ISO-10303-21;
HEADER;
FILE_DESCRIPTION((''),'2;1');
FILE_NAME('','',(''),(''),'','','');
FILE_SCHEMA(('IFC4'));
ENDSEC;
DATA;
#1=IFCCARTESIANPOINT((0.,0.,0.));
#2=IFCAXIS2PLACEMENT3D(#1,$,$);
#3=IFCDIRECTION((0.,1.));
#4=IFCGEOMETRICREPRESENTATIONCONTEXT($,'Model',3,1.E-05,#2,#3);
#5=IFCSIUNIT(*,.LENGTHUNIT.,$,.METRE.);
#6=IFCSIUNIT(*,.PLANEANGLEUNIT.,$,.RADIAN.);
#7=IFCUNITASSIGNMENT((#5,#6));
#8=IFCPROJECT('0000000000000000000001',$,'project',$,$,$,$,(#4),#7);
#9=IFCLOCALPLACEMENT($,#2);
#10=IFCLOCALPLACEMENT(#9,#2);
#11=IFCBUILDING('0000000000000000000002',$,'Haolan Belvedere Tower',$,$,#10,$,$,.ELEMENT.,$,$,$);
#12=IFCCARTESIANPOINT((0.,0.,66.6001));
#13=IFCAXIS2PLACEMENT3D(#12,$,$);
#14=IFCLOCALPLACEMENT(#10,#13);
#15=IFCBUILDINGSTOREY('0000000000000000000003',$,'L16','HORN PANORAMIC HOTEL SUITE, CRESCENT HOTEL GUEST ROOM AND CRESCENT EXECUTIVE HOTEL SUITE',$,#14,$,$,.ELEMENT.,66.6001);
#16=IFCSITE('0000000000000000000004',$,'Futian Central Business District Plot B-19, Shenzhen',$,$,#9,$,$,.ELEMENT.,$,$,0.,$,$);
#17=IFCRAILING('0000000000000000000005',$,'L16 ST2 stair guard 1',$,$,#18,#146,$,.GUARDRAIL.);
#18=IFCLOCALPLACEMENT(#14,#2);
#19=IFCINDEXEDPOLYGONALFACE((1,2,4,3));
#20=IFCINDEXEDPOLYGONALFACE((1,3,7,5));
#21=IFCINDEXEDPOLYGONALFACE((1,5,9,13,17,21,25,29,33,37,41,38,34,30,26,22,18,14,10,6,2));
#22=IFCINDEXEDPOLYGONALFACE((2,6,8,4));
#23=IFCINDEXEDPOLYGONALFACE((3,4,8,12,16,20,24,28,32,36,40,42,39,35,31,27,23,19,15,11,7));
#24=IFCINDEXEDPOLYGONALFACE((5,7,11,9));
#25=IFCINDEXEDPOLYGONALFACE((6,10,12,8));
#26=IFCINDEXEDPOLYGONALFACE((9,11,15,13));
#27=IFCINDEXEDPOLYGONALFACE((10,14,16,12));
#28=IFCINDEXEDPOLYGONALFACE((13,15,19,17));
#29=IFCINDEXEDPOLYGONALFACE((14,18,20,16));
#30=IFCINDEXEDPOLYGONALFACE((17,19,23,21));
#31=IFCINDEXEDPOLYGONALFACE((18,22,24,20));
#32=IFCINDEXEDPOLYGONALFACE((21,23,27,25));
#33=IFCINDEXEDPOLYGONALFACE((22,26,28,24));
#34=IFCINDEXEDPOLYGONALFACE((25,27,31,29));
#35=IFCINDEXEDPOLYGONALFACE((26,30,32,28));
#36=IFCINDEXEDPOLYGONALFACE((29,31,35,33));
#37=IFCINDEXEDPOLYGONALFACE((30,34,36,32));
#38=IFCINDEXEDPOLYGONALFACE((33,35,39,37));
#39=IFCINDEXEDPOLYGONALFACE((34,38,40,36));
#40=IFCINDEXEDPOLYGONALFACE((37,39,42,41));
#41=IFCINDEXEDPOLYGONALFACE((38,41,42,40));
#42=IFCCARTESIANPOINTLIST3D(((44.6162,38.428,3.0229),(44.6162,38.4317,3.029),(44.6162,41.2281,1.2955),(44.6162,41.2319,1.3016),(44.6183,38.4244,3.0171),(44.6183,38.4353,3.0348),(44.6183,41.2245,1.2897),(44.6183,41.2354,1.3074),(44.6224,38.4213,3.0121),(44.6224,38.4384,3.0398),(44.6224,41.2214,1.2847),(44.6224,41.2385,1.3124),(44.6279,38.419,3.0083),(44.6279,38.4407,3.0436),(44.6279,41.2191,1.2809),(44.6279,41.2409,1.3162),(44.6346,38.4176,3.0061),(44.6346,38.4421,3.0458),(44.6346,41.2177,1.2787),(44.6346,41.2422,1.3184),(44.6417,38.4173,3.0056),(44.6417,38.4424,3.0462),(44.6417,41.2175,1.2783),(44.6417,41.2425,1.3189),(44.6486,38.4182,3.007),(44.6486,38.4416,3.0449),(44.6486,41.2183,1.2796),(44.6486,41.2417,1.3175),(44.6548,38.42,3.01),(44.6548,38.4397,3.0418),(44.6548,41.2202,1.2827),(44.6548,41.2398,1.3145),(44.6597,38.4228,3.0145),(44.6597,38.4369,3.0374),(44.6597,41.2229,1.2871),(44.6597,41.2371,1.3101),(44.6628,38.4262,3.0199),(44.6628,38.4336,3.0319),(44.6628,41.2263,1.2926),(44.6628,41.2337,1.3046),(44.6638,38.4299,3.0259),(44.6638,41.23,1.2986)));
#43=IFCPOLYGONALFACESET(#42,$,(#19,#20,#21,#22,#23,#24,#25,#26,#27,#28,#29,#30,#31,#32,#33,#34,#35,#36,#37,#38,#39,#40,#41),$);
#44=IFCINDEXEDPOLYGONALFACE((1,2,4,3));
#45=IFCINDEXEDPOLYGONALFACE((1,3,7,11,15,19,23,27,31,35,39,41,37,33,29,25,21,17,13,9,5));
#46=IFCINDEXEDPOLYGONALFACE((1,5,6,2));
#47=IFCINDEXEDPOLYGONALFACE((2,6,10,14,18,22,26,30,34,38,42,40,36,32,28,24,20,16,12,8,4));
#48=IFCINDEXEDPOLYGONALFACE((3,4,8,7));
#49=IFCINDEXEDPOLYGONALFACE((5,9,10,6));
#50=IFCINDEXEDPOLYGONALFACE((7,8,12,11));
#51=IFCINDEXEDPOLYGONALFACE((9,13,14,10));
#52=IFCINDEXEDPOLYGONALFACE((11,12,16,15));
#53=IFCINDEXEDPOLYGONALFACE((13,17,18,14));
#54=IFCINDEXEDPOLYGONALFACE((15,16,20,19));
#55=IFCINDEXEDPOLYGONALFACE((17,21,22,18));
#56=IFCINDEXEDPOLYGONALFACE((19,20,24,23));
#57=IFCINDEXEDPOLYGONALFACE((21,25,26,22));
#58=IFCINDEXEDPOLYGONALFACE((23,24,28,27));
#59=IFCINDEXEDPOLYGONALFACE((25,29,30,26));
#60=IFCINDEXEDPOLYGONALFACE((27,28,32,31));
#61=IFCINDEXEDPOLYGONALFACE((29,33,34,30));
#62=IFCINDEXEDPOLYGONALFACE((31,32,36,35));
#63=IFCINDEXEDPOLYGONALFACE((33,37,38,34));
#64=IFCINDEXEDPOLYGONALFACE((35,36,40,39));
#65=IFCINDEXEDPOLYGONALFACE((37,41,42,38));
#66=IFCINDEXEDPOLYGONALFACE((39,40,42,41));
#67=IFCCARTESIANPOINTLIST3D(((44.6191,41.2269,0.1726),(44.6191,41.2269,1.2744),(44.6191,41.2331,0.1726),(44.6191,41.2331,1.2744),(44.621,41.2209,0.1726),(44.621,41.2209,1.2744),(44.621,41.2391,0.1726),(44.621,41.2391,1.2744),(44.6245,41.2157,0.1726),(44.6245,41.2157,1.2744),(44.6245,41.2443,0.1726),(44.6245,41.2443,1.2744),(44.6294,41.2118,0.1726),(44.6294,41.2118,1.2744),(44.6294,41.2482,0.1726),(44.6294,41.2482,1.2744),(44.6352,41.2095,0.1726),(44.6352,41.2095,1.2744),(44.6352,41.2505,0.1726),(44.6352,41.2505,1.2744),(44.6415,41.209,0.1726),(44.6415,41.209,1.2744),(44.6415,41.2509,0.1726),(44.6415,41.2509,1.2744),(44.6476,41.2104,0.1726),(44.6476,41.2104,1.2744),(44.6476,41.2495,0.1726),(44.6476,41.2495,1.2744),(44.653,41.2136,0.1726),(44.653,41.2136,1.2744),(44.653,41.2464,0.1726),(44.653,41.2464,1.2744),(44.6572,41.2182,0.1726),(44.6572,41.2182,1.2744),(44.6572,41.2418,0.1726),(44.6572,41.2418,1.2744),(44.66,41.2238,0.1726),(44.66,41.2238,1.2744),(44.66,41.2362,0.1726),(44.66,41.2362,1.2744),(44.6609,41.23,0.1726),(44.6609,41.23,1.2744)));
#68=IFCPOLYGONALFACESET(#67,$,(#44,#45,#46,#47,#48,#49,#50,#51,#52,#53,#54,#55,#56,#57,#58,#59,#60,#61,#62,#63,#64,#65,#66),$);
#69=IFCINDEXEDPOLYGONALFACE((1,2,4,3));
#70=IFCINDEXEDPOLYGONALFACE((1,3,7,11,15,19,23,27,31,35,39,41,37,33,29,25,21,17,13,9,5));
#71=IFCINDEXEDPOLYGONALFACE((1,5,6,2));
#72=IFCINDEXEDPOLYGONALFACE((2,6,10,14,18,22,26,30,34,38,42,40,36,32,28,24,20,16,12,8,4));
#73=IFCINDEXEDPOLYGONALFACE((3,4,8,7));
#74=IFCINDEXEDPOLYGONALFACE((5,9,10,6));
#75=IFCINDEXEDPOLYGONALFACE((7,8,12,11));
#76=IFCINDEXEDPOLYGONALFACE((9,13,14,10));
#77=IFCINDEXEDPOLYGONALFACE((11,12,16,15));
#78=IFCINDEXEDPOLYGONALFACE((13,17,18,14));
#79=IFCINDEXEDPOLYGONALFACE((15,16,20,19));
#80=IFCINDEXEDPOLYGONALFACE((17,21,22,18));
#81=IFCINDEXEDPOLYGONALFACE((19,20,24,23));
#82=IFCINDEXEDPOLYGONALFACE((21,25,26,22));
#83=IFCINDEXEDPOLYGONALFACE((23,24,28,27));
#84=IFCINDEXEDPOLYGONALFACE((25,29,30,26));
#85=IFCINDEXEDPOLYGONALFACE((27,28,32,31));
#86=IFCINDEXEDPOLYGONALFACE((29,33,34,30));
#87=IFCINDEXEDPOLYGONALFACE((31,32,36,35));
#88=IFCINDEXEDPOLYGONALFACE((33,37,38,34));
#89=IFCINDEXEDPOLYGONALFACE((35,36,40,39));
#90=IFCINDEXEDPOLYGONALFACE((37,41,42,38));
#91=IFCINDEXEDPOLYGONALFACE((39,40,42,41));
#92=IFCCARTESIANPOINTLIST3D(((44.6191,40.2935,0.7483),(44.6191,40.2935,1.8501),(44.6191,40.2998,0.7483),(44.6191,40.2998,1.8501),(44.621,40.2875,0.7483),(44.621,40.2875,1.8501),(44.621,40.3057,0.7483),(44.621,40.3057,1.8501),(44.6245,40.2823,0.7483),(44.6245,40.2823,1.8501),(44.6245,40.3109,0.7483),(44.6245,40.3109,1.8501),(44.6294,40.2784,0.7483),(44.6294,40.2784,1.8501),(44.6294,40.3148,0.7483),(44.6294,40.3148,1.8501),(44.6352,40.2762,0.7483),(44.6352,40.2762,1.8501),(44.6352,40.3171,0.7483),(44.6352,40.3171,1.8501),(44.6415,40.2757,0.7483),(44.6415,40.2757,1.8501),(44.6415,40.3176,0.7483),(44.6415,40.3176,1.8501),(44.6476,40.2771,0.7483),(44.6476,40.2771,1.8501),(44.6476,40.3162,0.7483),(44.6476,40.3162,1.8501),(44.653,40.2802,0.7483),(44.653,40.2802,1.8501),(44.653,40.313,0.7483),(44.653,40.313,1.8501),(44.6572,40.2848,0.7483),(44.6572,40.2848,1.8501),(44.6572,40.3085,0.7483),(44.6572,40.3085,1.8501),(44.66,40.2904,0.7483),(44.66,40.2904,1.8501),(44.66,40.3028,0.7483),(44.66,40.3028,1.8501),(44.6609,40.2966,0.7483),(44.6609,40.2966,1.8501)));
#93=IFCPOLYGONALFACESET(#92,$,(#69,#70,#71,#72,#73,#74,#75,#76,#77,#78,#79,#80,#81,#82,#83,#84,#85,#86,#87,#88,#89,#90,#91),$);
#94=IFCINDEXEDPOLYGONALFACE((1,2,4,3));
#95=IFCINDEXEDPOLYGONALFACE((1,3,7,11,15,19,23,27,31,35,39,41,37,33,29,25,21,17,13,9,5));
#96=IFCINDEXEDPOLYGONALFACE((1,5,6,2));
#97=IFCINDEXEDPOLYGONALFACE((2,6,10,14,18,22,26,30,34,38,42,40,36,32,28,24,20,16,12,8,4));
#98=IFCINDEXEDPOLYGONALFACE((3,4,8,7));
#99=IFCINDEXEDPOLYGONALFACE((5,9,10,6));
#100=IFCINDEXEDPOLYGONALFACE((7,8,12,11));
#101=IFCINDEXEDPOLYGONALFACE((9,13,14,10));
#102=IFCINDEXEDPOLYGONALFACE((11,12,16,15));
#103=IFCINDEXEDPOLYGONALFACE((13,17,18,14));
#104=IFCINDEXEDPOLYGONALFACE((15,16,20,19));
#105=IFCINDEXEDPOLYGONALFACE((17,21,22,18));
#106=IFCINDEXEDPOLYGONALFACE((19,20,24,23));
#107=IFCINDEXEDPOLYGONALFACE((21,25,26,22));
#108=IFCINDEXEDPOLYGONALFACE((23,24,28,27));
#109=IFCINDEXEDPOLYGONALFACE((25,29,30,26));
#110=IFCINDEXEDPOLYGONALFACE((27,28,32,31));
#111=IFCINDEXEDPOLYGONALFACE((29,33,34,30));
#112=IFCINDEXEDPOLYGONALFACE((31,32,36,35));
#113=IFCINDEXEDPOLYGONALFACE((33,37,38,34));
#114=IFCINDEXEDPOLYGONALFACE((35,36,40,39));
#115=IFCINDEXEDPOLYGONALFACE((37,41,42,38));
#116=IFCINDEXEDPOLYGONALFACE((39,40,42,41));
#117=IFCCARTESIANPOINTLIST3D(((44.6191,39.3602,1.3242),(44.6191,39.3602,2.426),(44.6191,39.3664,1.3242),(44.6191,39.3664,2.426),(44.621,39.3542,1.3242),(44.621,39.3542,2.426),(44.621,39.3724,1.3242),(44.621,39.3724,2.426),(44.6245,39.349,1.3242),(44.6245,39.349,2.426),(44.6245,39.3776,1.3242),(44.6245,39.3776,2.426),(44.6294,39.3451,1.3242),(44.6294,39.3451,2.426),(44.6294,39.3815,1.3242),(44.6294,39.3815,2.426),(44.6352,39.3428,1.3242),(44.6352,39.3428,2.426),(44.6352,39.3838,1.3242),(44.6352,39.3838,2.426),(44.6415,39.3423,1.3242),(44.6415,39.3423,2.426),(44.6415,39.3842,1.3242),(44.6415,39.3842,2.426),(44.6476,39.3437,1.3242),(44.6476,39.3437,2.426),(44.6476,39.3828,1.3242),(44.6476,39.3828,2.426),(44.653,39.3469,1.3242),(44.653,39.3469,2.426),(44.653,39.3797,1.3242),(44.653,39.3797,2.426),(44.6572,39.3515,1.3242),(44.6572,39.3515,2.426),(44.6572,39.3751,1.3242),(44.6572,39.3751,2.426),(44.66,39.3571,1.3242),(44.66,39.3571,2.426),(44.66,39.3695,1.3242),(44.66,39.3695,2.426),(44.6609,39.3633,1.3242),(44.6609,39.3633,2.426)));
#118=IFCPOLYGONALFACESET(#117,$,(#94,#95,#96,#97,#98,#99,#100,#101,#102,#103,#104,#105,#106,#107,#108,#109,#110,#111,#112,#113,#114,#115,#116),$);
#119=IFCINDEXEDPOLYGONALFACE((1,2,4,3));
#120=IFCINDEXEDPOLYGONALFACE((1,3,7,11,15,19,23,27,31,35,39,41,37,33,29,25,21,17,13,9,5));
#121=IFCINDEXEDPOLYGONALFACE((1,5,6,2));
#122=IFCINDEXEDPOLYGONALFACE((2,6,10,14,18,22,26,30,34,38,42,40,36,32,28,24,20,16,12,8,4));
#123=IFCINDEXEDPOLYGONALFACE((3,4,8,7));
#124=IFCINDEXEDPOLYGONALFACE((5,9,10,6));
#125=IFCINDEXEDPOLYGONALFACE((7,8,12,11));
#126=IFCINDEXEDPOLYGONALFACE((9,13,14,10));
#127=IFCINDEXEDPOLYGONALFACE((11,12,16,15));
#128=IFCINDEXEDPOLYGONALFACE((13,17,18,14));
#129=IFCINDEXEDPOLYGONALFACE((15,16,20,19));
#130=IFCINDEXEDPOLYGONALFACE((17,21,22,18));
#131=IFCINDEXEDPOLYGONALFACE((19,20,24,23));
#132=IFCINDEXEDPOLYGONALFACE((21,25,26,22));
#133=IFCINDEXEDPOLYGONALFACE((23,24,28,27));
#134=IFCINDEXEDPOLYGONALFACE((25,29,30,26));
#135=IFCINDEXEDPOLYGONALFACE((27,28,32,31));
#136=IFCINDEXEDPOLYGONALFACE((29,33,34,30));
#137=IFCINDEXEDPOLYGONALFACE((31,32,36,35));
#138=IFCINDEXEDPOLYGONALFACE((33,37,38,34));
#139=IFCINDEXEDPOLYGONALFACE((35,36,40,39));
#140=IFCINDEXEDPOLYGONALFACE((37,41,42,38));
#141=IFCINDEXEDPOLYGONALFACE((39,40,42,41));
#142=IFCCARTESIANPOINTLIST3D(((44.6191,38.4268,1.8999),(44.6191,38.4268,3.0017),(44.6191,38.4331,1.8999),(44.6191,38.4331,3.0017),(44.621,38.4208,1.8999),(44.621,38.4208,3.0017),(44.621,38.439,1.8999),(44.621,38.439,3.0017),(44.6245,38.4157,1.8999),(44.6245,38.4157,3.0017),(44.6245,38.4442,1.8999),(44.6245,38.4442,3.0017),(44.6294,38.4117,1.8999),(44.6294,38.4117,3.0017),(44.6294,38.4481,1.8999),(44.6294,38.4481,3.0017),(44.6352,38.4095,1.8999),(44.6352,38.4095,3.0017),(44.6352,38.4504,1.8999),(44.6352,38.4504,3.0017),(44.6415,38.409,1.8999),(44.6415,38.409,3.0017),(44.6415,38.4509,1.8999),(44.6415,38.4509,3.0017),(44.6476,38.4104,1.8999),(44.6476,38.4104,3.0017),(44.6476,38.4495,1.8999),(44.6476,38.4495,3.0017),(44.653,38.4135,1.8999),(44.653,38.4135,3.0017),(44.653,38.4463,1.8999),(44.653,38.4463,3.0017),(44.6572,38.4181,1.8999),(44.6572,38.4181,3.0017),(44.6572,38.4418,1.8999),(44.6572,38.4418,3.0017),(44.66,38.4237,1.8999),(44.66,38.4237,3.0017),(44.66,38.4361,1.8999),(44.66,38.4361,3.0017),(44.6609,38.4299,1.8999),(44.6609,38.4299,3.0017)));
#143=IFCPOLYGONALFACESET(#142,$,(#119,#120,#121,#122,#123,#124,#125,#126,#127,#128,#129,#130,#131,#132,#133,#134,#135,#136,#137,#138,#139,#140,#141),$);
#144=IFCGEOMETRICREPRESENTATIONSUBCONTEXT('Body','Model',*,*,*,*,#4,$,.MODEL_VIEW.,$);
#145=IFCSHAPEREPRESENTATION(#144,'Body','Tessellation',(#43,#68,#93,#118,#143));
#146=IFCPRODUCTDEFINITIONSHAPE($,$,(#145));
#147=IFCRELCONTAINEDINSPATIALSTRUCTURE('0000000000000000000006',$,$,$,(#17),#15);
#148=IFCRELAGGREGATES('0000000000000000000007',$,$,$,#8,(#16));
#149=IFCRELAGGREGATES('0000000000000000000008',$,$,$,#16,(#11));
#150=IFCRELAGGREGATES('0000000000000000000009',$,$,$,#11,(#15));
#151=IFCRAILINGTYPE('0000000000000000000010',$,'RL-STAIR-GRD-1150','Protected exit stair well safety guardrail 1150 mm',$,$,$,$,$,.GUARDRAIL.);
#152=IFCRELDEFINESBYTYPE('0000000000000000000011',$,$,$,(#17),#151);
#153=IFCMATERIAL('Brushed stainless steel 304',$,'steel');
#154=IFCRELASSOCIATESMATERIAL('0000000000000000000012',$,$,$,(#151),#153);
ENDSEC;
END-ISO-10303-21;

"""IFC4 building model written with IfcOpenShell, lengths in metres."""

from ifc_helpers import new_model, si_unit, direction, frame, origin, origin_2d, place, context, subcontext, project, spatial, circle, extrude, material, type_object, element, save


model = new_model("IFC4")

# Units and contexts
model_context = context("Model", 3, precision=1e-05, world=origin(), true_north=direction((0.0, 1.0)))
body_context = subcontext(model_context, "Body", "Model", "MODEL_VIEW")
ifc_project = project(units=[si_unit("LENGTHUNIT", "METRE"), si_unit("PLANEANGLEUNIT", "RADIAN")], contexts=[model_context])

# Site, building, storey
site_placement = place(None, origin())
site = spatial("IfcSite", under=ifc_project, at=site_placement, Name="Futian Central Business District Plot B-19, Shenzhen", CompositionType="ELEMENT", RefElevation=0.0)
building_placement = place(site_placement, origin())
building = spatial("IfcBuilding", under=site, at=building_placement, Name="Haolan Belvedere Tower", CompositionType="ELEMENT")
storey_placement = place(building_placement, frame((0.0, 0.0, 66.6001)))
storey = spatial("IfcBuildingStorey", under=building, at=storey_placement, Name="L16", Description="HORN PANORAMIC HOTEL SUITE, CRESCENT HOTEL GUEST ROOM AND CRESCENT EXECUTIVE HOTEL SUITE", CompositionType="ELEMENT", Elevation=66.6001)

# Railing
ifc_material_1 = material(Name="Brushed stainless steel 304", Category="steel")
railing_type_1 = type_object("IfcRailingType", Name="RL-STAIR-GRD-1150", Description="Protected exit stair well safety guardrail 1150 mm", PredefinedType="GUARDRAIL", material=ifc_material_1)
railing_1_placement = place(storey_placement, frame((44.6399, 41.23, 0.1726)))
element("IfcRailing", 1, at=railing_1_placement, inside=storey, type_object=railing_type_1, Name="L16 ST2 stair guard 1", PredefinedType="GUARDRAIL", context=body_context, shape_type="SweptSolid", body=[
    extrude(circle(Radius=0.0239, at=origin_2d()), frame((0.0, 0.0, 1.126), z_axis=(0.0, -0.85109, 0.52502), x_axis=(1.0, 0.0, 0.0)), (0.0, 0.0, 1.0), 3.29),
    extrude(circle(Radius=0.021, at=origin_2d()), origin(), (0.0, 0.0, 1.0), 1.1018),
    extrude(circle(Radius=0.021, at=origin_2d()), frame((0.0, -0.9333, 0.5757)), (0.0, 0.0, 1.0), 1.1018),
    extrude(circle(Radius=0.021, at=origin_2d()), frame((0.0, -1.8667, 1.1516)), (0.0, 0.0, 1.0), 1.1018),
    extrude(circle(Radius=0.021, at=origin_2d()), frame((0.0, -2.8, 1.7273)), (0.0, 0.0, 1.0), 1.1018),
])

save(model, "model.ifc")
